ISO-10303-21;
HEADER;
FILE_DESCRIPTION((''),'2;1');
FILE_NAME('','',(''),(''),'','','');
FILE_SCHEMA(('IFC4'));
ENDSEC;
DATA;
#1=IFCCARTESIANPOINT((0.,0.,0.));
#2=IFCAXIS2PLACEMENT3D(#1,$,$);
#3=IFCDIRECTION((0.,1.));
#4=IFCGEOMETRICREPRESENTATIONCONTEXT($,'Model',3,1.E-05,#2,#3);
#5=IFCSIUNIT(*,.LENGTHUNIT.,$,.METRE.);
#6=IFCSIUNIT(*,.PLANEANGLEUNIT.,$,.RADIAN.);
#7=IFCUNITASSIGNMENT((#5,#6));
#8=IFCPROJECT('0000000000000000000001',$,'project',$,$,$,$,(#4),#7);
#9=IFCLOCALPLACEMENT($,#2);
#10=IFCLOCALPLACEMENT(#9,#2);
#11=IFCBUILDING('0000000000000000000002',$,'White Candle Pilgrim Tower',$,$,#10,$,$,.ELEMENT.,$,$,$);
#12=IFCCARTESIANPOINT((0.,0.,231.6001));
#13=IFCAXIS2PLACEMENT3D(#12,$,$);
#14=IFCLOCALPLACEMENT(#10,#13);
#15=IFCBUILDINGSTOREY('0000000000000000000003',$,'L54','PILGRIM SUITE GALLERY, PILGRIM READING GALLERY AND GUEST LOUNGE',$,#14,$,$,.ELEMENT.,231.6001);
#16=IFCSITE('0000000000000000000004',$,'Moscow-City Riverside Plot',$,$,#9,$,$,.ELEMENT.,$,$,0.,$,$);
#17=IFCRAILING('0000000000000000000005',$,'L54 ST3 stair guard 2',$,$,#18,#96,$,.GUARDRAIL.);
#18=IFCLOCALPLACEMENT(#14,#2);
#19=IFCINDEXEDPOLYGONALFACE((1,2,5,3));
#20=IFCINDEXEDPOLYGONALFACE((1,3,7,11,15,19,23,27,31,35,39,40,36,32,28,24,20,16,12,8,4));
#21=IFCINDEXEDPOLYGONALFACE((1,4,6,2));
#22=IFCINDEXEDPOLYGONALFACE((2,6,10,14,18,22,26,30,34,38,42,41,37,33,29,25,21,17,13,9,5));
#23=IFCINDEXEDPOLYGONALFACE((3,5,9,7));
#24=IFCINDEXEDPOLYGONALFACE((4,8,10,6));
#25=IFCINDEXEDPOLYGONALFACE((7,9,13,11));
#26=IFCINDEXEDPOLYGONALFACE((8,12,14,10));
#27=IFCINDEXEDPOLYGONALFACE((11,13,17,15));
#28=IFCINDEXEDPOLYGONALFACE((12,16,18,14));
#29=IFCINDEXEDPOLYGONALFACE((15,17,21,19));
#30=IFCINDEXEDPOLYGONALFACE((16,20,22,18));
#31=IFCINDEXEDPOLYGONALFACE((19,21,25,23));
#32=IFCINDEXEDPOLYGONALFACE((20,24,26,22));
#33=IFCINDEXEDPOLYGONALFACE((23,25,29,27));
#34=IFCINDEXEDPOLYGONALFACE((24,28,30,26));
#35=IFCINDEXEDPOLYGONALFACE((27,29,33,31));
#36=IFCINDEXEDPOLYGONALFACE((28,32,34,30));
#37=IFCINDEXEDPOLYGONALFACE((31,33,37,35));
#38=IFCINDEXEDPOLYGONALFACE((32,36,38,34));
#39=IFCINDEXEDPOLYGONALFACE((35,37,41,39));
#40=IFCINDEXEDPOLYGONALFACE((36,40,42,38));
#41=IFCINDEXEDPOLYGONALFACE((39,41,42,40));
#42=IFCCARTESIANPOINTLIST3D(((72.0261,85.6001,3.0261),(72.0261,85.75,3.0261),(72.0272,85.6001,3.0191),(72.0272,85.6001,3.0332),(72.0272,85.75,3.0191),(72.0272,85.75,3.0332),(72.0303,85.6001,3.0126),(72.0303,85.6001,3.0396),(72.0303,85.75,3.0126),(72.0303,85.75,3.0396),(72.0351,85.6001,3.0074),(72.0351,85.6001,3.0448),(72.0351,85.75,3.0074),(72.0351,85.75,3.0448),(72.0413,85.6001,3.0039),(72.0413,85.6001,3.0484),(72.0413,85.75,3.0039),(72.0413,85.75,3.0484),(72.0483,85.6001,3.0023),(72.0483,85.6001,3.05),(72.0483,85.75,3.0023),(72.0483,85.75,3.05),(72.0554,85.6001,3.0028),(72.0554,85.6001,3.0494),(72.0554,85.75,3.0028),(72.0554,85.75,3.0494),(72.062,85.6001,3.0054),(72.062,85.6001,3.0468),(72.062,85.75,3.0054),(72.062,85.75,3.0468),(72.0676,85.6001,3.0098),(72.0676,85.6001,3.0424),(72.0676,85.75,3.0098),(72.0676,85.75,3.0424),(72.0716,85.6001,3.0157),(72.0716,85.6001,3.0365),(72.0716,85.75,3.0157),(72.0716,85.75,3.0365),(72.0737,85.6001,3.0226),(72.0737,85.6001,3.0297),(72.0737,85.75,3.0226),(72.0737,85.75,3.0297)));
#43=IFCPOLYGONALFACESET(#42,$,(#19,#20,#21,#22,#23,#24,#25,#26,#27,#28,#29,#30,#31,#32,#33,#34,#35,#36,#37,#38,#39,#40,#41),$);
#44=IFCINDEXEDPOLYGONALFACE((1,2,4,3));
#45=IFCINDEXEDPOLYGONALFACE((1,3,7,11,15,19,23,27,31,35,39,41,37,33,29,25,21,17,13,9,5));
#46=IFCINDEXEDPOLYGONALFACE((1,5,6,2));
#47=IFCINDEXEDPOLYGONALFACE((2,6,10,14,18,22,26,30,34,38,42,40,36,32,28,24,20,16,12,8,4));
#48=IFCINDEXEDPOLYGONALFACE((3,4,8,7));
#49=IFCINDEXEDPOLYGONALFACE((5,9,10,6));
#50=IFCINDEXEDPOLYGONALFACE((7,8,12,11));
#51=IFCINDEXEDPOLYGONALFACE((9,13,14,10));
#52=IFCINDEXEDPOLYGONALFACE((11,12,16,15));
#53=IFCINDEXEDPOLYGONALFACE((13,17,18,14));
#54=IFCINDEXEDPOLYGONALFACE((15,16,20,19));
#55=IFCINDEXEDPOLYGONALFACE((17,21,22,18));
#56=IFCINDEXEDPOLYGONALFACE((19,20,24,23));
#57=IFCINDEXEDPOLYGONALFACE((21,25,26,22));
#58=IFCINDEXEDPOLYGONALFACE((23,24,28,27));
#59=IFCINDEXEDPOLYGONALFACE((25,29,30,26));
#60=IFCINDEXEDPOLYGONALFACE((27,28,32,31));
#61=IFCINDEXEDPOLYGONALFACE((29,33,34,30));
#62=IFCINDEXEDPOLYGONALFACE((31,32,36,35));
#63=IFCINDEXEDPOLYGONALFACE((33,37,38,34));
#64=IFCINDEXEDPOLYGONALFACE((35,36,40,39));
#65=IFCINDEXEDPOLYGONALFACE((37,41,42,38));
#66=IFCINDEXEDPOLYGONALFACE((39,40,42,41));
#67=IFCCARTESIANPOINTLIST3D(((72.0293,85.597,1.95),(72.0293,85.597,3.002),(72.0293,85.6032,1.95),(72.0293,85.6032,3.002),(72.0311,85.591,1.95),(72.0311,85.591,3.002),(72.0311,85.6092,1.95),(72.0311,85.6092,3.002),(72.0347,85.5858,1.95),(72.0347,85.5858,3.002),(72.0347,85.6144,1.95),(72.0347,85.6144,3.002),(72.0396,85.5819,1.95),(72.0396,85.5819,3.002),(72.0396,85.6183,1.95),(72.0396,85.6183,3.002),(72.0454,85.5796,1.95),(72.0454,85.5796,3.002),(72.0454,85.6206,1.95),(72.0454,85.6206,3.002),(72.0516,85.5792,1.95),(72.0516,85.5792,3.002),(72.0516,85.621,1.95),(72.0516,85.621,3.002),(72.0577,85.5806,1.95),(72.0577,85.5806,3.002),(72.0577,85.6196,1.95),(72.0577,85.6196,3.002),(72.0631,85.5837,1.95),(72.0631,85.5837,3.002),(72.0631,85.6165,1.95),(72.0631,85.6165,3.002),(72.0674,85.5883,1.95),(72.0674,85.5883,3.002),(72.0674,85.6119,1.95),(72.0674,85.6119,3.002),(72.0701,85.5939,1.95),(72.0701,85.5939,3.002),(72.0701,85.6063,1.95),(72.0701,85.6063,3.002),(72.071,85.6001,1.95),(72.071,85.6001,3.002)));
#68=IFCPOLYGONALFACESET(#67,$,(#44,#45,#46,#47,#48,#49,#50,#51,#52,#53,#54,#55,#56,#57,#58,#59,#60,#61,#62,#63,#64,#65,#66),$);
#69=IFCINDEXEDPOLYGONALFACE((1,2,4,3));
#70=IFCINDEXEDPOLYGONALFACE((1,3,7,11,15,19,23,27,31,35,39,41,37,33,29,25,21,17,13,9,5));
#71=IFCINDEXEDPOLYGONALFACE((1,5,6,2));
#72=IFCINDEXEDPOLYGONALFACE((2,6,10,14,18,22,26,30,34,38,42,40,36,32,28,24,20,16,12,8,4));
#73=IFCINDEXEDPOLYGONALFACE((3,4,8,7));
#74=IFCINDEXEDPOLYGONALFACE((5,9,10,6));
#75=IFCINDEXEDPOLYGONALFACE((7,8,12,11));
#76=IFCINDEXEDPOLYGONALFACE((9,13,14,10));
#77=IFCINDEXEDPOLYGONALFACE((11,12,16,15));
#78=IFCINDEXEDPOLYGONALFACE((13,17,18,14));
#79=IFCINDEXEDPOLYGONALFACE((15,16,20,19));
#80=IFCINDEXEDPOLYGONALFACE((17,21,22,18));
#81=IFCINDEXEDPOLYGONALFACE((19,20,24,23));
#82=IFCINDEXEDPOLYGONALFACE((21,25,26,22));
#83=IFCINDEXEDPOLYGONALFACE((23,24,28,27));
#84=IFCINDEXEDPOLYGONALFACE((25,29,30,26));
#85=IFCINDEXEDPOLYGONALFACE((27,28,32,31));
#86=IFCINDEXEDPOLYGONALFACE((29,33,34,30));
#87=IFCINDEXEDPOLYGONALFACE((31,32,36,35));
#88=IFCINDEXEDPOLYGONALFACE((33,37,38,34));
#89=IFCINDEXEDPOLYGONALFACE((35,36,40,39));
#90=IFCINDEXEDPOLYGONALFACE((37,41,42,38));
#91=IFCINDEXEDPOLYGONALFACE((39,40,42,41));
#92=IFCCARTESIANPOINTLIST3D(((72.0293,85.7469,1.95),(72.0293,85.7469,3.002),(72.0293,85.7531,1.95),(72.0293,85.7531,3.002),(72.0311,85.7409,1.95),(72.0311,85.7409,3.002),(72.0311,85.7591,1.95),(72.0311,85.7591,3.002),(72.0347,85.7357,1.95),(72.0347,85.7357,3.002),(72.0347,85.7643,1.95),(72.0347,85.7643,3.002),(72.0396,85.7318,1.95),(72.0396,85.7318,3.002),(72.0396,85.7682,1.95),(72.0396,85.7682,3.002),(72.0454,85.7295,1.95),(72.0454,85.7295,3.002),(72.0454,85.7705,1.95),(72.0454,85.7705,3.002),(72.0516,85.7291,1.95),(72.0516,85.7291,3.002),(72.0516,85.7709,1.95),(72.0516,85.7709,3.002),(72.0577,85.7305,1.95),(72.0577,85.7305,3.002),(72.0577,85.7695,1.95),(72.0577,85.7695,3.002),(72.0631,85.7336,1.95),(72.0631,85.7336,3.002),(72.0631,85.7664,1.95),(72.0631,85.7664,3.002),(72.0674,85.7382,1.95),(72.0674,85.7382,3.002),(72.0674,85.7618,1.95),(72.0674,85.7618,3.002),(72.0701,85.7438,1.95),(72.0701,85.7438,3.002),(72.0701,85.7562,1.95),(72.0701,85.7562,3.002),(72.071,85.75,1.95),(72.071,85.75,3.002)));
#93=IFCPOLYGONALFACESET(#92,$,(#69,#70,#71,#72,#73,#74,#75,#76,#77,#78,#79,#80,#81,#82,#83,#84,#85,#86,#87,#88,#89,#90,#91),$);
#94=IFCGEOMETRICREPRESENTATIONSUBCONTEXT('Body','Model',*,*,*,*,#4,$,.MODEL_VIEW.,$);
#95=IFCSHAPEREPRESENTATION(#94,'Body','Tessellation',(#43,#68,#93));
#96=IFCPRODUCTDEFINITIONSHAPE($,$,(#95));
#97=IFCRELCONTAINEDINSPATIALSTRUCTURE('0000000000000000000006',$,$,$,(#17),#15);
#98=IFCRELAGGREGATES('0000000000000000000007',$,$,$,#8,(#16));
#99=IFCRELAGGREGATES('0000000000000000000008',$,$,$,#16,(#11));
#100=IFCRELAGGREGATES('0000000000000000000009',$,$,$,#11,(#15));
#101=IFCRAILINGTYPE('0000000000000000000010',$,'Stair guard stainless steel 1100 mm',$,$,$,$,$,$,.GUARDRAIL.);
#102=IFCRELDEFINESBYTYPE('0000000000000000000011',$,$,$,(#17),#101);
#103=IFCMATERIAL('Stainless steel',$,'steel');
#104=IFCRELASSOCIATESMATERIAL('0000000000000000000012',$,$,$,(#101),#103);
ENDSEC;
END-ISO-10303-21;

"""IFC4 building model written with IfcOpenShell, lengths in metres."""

from ifc_helpers import new_model, si_unit, direction, frame, origin, origin_2d, place, context, subcontext, project, spatial, circle, extrude, material, type_object, element, save


model = new_model("IFC4")

# Units and contexts
model_context = context("Model", 3, precision=1e-05, world=origin(), true_north=direction((0.0, 1.0)))
body_context = subcontext(model_context, "Body", "Model", "MODEL_VIEW")
ifc_project = project(units=[si_unit("LENGTHUNIT", "METRE"), si_unit("PLANEANGLEUNIT", "RADIAN")], contexts=[model_context])

# Site, building, storey
site_placement = place(None, origin())
site = spatial("IfcSite", under=ifc_project, at=site_placement, Name="Moscow-City Riverside Plot", CompositionType="ELEMENT", RefElevation=0.0)
building_placement = place(site_placement, origin())
building = spatial("IfcBuilding", under=site, at=building_placement, Name="White Candle Pilgrim Tower", CompositionType="ELEMENT")
storey_placement = place(building_placement, frame((0.0, 0.0, 231.6001)))
storey = spatial("IfcBuildingStorey", under=building, at=storey_placement, Name="L54", Description="PILGRIM SUITE GALLERY, PILGRIM READING GALLERY AND GUEST LOUNGE", CompositionType="ELEMENT", Elevation=231.6001)

# Railing
ifc_material_1 = material(Name="Stainless steel", Category="steel")
railing_type_1 = type_object("IfcRailingType", Name="Stair guard stainless steel 1100 mm", PredefinedType="GUARDRAIL", material=ifc_material_1)
railing_1_placement = place(storey_placement, frame((72.05, 85.6001, 1.95)))
element("IfcRailing", 1, at=railing_1_placement, inside=storey, type_object=railing_type_1, Name="L54 ST3 stair guard 2", PredefinedType="GUARDRAIL", context=body_context, shape_type="SweptSolid", body=[
    extrude(circle(Radius=0.0239, at=origin_2d()), frame((0.0, 0.0, 1.0762), z_axis=(0.0, 1.0, 0.0), x_axis=(-1.0, 0.0, 0.0)), (0.0, 0.0, 1.0), 0.1499),
    extrude(circle(Radius=0.021, at=origin_2d()), origin(), (0.0, 0.0, 1.0), 1.052),
    extrude(circle(Radius=0.021, at=origin_2d()), frame((0.0, 0.1499, 0.0)), (0.0, 0.0, 1.0), 1.052),
])

save(model, "model.ifc")
